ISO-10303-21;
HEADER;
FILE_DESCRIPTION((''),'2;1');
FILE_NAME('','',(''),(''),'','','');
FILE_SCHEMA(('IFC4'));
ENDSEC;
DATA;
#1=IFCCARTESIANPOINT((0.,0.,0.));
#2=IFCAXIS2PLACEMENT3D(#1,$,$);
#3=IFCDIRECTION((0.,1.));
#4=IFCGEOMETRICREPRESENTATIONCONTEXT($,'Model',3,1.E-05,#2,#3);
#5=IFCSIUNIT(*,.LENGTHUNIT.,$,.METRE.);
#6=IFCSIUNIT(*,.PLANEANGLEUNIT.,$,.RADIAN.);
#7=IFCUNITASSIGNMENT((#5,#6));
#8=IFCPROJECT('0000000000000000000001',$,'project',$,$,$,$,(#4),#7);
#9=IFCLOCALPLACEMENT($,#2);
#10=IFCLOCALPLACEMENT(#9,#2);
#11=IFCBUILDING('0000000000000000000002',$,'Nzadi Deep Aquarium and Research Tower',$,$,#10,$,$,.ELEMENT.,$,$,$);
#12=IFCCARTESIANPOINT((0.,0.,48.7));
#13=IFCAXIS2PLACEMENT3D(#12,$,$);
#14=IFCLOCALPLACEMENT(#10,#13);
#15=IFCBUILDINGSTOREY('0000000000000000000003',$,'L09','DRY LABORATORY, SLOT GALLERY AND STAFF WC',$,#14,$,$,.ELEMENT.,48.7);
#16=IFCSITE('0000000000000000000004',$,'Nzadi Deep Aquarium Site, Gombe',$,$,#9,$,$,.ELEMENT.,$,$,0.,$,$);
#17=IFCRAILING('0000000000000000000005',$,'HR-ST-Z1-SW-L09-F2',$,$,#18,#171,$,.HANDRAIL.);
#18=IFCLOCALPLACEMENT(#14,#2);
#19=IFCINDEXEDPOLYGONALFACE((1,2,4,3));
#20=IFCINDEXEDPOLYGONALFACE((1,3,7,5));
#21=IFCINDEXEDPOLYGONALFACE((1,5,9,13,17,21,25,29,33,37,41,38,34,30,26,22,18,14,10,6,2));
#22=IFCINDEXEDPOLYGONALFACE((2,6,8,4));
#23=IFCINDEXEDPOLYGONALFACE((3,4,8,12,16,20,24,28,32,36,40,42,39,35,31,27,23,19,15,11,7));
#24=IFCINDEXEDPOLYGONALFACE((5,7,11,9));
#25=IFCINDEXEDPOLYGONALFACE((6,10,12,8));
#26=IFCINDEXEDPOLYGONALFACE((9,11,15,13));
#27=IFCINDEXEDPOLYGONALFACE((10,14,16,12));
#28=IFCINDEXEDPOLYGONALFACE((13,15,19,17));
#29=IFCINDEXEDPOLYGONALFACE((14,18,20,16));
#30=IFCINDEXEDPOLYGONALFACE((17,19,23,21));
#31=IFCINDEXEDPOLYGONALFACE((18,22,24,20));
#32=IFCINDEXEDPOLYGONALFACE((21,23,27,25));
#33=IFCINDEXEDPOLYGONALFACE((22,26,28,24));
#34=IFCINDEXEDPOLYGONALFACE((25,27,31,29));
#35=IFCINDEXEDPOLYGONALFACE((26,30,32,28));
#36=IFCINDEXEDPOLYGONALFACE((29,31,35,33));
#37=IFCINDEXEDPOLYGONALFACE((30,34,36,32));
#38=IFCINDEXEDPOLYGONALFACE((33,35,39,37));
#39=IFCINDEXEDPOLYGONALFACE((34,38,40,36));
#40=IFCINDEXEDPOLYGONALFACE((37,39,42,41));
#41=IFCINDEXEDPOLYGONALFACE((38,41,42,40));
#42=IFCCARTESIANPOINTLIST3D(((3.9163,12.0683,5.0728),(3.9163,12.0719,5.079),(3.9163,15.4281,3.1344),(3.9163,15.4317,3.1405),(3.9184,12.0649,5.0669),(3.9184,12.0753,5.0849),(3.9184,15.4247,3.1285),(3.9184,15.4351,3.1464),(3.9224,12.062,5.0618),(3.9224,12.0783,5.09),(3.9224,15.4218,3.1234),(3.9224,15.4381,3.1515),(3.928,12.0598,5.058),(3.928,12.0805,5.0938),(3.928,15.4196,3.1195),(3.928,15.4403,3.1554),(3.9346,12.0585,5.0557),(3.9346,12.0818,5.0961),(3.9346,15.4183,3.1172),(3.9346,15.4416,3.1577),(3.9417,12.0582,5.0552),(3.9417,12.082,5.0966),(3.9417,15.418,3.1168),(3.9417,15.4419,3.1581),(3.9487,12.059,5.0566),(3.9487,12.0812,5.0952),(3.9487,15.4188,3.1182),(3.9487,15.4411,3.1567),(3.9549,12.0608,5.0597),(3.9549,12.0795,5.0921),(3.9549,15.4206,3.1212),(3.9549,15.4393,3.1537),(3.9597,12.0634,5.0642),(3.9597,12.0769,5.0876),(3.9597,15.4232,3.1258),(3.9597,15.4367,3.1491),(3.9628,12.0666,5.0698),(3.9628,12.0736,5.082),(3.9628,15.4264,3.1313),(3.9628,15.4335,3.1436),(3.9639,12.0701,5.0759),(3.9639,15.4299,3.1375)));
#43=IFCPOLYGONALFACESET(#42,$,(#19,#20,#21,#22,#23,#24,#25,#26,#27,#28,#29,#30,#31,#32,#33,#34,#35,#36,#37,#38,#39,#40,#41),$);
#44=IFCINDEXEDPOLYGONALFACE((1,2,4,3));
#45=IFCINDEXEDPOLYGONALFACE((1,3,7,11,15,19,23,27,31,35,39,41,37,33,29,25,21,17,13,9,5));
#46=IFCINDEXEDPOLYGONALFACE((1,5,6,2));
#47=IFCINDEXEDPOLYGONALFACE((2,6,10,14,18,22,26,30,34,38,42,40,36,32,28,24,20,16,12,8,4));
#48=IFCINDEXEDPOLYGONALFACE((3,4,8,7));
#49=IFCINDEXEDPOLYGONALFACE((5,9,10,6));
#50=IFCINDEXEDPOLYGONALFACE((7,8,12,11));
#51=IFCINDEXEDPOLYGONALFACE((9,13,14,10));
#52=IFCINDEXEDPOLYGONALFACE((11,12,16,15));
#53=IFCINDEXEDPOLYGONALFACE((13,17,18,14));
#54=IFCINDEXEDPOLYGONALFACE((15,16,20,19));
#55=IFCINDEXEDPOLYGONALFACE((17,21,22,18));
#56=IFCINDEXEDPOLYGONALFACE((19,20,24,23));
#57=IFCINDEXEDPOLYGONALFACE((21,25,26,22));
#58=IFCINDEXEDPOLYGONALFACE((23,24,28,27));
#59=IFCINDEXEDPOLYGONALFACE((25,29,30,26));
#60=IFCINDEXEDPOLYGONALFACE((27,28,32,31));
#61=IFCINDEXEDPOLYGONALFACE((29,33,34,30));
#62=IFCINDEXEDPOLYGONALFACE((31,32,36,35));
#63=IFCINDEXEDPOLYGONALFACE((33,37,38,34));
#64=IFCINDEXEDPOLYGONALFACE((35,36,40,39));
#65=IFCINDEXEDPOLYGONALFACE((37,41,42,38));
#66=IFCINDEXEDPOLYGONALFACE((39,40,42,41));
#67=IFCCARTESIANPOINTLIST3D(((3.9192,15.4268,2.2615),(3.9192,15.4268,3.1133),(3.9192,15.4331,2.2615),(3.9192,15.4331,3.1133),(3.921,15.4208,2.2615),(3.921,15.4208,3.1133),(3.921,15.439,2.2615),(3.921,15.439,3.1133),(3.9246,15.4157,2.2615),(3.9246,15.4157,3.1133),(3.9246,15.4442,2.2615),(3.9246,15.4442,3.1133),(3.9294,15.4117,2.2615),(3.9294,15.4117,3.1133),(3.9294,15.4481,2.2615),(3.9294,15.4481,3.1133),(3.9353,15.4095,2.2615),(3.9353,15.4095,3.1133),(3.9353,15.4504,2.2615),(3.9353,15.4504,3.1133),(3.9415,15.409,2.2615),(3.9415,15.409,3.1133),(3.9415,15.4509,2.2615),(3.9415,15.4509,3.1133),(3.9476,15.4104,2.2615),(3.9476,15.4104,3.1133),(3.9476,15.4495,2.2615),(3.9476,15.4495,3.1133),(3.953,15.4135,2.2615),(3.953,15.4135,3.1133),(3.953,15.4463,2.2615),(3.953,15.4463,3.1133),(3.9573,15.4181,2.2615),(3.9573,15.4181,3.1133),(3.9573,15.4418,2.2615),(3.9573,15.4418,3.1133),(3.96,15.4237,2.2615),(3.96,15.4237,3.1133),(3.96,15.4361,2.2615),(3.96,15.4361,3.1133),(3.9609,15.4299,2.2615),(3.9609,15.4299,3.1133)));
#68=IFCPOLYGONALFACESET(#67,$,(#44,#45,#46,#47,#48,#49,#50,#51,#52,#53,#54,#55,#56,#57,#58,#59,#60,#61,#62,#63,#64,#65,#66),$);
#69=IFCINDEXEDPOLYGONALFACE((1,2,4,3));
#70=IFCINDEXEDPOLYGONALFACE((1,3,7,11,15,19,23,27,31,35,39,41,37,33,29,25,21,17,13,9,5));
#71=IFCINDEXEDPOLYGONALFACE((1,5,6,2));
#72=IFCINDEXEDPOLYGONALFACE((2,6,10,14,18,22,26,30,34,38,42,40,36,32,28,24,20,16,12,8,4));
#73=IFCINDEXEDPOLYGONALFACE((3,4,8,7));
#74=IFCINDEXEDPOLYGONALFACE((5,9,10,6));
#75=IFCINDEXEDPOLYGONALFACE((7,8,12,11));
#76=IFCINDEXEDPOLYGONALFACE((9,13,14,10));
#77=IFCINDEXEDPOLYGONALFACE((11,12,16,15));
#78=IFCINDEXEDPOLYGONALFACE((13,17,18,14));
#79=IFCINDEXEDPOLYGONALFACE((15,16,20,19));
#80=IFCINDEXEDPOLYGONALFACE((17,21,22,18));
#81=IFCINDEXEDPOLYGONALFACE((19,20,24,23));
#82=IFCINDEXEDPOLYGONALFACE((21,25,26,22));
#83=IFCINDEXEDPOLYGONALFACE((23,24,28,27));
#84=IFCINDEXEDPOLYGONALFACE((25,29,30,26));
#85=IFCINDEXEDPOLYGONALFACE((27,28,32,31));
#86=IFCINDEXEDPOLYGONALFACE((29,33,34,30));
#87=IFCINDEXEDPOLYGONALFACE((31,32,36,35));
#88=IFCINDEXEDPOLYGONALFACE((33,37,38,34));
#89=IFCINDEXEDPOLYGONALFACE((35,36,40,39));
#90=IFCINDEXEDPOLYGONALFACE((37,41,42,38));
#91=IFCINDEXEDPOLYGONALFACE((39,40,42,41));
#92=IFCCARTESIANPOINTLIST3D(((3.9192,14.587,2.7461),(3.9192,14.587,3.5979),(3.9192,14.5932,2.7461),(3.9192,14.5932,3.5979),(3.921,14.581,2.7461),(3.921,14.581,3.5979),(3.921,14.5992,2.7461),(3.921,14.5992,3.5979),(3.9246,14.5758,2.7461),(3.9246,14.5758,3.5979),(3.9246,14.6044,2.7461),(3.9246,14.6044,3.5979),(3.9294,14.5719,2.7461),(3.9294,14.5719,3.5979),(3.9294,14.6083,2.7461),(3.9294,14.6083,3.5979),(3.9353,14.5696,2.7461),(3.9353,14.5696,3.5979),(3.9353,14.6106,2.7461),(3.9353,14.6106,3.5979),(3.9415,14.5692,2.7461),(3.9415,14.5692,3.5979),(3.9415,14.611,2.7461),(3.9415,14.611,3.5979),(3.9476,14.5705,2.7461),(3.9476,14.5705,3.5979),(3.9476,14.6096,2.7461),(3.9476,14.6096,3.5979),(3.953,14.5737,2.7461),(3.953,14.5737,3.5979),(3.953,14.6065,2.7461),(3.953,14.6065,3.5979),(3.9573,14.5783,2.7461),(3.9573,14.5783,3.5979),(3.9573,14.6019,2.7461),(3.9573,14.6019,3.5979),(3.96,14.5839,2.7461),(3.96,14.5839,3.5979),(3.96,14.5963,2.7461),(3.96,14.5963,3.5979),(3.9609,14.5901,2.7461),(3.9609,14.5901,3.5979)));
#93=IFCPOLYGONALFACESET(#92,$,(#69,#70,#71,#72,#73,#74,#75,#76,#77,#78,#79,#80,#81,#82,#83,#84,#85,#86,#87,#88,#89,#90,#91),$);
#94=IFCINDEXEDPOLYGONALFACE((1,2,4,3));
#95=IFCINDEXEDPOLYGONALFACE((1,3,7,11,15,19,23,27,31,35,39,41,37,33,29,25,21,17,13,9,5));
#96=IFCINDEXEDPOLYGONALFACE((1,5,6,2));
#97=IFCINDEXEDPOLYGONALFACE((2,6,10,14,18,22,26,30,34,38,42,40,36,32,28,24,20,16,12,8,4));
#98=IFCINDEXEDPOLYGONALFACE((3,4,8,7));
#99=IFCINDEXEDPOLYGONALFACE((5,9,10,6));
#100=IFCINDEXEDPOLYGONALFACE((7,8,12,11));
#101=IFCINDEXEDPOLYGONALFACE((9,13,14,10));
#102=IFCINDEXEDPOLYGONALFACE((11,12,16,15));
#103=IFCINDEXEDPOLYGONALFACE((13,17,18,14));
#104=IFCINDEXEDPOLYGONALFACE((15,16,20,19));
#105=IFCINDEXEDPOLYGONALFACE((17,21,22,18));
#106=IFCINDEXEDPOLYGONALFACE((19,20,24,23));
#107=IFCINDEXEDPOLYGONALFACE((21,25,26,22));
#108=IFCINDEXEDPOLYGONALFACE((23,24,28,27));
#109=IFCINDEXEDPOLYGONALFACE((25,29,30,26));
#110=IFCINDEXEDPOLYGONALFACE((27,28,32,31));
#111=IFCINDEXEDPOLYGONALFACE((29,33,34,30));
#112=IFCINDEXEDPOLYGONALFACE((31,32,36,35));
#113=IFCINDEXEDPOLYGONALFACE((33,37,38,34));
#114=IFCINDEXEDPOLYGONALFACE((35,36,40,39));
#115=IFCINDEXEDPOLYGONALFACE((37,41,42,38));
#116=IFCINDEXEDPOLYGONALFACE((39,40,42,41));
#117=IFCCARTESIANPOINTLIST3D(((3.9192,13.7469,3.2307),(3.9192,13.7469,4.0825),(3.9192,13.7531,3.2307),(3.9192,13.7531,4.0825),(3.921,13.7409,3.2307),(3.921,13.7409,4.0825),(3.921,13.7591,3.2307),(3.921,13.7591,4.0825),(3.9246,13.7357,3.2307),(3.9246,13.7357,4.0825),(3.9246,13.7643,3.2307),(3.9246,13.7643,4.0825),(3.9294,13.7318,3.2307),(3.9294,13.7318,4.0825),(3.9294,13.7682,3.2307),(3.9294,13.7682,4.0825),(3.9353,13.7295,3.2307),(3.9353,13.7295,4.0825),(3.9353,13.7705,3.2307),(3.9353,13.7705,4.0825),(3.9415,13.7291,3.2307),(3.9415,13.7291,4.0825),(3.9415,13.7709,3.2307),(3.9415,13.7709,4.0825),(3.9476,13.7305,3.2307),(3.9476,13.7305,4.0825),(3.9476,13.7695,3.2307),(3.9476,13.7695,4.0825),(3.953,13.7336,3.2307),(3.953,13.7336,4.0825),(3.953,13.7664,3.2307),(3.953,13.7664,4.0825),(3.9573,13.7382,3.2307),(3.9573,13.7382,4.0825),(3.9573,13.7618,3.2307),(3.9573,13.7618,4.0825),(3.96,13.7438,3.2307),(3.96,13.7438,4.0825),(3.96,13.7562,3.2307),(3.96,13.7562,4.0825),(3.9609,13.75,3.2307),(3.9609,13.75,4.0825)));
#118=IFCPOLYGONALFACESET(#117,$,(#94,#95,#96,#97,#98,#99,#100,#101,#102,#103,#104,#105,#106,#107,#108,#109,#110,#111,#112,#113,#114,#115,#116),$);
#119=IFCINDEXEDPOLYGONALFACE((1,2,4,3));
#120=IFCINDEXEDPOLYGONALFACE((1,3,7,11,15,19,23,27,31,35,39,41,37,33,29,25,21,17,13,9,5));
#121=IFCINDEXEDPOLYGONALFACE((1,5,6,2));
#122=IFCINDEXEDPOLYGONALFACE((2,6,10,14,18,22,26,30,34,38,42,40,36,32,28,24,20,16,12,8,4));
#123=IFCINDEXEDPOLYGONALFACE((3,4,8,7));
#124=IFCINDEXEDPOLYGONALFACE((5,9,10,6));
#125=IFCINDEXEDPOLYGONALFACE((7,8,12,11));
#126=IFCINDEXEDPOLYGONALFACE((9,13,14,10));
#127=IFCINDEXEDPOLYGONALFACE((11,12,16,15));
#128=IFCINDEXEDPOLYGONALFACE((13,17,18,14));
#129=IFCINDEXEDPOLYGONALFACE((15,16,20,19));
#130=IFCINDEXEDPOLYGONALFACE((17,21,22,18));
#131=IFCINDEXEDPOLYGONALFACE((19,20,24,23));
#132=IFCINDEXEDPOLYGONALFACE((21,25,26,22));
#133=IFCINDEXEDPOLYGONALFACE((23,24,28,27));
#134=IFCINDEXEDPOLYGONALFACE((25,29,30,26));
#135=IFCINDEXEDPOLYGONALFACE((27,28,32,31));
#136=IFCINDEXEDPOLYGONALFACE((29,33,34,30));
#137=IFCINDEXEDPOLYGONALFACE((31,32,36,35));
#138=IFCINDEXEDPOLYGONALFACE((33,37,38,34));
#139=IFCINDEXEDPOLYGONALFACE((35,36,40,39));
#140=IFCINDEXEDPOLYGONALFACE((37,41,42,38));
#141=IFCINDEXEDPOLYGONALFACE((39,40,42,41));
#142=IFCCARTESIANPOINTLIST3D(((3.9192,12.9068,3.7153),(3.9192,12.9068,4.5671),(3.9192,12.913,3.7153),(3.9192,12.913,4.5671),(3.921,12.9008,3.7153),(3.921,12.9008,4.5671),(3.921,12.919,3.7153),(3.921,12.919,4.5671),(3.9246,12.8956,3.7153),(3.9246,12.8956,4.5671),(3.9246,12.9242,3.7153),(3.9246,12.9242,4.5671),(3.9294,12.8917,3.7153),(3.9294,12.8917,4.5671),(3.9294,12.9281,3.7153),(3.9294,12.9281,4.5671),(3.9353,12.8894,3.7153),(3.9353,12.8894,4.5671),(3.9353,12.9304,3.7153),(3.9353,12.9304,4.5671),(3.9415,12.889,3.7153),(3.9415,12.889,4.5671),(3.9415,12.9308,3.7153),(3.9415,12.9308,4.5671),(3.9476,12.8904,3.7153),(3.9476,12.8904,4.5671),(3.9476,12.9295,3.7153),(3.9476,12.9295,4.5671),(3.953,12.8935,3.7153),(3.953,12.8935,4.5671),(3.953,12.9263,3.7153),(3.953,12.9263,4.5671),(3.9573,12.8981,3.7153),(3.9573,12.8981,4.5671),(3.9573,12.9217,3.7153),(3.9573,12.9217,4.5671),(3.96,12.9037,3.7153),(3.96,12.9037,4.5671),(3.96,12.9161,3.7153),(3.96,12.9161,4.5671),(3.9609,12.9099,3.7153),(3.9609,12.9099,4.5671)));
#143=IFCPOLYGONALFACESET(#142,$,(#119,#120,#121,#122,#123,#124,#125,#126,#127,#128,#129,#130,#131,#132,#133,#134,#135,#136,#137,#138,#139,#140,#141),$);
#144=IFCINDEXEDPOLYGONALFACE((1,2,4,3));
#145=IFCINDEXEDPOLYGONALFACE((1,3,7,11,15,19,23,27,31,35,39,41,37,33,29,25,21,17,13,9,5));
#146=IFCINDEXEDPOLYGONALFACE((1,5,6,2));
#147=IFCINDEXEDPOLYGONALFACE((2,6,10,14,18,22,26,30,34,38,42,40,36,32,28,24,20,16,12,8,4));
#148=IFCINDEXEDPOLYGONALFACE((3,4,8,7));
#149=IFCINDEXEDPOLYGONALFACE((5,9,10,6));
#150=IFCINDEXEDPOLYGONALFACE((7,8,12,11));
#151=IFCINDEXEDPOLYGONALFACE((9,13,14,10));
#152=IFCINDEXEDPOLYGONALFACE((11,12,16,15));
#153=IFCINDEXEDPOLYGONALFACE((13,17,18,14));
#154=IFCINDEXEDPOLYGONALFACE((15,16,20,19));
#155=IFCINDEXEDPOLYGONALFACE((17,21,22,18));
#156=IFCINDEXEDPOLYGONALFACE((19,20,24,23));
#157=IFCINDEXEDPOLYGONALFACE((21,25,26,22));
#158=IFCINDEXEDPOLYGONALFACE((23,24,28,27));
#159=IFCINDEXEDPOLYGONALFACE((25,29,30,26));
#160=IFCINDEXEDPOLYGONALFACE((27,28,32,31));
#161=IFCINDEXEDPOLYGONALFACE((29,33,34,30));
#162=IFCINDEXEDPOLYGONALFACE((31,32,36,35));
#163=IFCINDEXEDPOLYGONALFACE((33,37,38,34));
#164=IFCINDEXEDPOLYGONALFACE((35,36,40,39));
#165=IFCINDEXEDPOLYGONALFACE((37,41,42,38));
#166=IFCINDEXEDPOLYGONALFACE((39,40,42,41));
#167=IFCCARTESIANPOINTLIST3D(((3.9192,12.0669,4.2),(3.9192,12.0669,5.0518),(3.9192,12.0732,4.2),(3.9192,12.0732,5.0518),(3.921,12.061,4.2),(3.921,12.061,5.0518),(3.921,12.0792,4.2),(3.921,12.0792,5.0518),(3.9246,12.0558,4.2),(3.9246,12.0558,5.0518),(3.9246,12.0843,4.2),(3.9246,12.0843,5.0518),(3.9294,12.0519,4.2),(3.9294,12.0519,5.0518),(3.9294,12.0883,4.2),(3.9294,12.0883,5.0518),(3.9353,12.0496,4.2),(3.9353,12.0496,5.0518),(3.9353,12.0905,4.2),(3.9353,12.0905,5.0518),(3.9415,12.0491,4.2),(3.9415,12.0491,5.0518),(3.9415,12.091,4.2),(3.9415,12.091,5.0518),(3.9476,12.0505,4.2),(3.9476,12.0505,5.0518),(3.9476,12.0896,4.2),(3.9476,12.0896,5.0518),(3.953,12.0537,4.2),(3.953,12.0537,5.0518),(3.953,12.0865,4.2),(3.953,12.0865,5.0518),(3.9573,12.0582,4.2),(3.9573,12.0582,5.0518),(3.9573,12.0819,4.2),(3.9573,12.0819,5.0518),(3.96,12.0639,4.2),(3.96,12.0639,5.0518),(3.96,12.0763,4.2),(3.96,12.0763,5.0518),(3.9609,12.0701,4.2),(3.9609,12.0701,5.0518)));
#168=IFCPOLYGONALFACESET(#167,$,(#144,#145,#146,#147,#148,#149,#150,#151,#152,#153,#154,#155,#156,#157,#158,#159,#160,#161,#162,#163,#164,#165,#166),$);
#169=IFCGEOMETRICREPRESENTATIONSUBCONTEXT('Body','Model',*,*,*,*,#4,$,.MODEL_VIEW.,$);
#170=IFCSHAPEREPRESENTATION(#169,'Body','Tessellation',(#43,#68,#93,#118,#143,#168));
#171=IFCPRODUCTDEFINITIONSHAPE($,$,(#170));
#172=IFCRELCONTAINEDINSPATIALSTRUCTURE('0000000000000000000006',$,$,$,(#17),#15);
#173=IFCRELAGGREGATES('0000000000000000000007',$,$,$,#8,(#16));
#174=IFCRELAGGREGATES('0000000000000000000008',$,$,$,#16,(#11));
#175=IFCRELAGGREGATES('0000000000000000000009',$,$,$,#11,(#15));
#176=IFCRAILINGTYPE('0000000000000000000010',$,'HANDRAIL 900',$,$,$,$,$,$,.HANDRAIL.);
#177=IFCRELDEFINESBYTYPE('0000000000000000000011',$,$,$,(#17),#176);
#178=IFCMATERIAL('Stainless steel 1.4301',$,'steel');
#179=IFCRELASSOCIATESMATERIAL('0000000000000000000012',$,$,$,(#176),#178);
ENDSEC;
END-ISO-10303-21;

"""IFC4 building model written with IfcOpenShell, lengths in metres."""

from ifc_helpers import new_model, si_unit, direction, frame, origin, origin_2d, place, context, subcontext, project, spatial, circle, extrude, material, type_object, element, save


model = new_model("IFC4")

# Units and contexts
model_context = context("Model", 3, precision=1e-05, world=origin(), true_north=direction((0.0, 1.0)))
body_context = subcontext(model_context, "Body", "Model", "MODEL_VIEW")
ifc_project = project(units=[si_unit("LENGTHUNIT", "METRE"), si_unit("PLANEANGLEUNIT", "RADIAN")], contexts=[model_context])

# Site, building, storey
site_placement = place(None, origin())
site = spatial("IfcSite", under=ifc_project, at=site_placement, Name="Nzadi Deep Aquarium Site, Gombe", CompositionType="ELEMENT", RefElevation=0.0)
building_placement = place(site_placement, origin())
building = spatial("IfcBuilding", under=site, at=building_placement, Name="Nzadi Deep Aquarium and Research Tower", CompositionType="ELEMENT")
storey_placement = place(building_placement, frame((0.0, 0.0, 48.7)))
storey = spatial("IfcBuildingStorey", under=building, at=storey_placement, Name="L09", Description="DRY LABORATORY, SLOT GALLERY AND STAFF WC", CompositionType="ELEMENT", Elevation=48.7)

# Railing
ifc_material_1 = material(Name="Stainless steel 1.4301", Category="steel")
railing_type = type_object("IfcRailingType", Name="HANDRAIL 900", PredefinedType="HANDRAIL", material=ifc_material_1)
railing_placement = place(storey_placement, frame((3.9399, 15.4299, 2.2615)))
element("IfcRailing", 1, at=railing_placement, inside=storey, type_object=railing_type, Name="HR-ST-Z1-SW-L09-F2", PredefinedType="HANDRAIL", context=body_context, shape_type="SweptSolid", body=[
    extrude(circle(Radius=0.0239, at=origin_2d()), frame((0.0, 0.0, 0.876), z_axis=(0.0, -0.866175, 0.499741), x_axis=(1.0, 0.0, 0.0)), (0.0, 0.0, 1.0), 3.8789),
    extrude(circle(Radius=0.021, at=origin_2d()), origin(), (0.0, 0.0, 1.0), 0.8518),
    extrude(circle(Radius=0.021, at=origin_2d()), frame((0.0, -0.8398, 0.4846)), (0.0, 0.0, 1.0), 0.8518),
    extrude(circle(Radius=0.021, at=origin_2d()), frame((0.0, -1.6799, 0.9692)), (0.0, 0.0, 1.0), 0.8518),
    extrude(circle(Radius=0.021, at=origin_2d()), frame((0.0, -2.52, 1.4539)), (0.0, 0.0, 1.0), 0.8518),
    extrude(circle(Radius=0.021, at=origin_2d()), frame((0.0, -3.3599, 1.9385)), (0.0, 0.0, 1.0), 0.8518),
])

save(model, "model.ifc")
